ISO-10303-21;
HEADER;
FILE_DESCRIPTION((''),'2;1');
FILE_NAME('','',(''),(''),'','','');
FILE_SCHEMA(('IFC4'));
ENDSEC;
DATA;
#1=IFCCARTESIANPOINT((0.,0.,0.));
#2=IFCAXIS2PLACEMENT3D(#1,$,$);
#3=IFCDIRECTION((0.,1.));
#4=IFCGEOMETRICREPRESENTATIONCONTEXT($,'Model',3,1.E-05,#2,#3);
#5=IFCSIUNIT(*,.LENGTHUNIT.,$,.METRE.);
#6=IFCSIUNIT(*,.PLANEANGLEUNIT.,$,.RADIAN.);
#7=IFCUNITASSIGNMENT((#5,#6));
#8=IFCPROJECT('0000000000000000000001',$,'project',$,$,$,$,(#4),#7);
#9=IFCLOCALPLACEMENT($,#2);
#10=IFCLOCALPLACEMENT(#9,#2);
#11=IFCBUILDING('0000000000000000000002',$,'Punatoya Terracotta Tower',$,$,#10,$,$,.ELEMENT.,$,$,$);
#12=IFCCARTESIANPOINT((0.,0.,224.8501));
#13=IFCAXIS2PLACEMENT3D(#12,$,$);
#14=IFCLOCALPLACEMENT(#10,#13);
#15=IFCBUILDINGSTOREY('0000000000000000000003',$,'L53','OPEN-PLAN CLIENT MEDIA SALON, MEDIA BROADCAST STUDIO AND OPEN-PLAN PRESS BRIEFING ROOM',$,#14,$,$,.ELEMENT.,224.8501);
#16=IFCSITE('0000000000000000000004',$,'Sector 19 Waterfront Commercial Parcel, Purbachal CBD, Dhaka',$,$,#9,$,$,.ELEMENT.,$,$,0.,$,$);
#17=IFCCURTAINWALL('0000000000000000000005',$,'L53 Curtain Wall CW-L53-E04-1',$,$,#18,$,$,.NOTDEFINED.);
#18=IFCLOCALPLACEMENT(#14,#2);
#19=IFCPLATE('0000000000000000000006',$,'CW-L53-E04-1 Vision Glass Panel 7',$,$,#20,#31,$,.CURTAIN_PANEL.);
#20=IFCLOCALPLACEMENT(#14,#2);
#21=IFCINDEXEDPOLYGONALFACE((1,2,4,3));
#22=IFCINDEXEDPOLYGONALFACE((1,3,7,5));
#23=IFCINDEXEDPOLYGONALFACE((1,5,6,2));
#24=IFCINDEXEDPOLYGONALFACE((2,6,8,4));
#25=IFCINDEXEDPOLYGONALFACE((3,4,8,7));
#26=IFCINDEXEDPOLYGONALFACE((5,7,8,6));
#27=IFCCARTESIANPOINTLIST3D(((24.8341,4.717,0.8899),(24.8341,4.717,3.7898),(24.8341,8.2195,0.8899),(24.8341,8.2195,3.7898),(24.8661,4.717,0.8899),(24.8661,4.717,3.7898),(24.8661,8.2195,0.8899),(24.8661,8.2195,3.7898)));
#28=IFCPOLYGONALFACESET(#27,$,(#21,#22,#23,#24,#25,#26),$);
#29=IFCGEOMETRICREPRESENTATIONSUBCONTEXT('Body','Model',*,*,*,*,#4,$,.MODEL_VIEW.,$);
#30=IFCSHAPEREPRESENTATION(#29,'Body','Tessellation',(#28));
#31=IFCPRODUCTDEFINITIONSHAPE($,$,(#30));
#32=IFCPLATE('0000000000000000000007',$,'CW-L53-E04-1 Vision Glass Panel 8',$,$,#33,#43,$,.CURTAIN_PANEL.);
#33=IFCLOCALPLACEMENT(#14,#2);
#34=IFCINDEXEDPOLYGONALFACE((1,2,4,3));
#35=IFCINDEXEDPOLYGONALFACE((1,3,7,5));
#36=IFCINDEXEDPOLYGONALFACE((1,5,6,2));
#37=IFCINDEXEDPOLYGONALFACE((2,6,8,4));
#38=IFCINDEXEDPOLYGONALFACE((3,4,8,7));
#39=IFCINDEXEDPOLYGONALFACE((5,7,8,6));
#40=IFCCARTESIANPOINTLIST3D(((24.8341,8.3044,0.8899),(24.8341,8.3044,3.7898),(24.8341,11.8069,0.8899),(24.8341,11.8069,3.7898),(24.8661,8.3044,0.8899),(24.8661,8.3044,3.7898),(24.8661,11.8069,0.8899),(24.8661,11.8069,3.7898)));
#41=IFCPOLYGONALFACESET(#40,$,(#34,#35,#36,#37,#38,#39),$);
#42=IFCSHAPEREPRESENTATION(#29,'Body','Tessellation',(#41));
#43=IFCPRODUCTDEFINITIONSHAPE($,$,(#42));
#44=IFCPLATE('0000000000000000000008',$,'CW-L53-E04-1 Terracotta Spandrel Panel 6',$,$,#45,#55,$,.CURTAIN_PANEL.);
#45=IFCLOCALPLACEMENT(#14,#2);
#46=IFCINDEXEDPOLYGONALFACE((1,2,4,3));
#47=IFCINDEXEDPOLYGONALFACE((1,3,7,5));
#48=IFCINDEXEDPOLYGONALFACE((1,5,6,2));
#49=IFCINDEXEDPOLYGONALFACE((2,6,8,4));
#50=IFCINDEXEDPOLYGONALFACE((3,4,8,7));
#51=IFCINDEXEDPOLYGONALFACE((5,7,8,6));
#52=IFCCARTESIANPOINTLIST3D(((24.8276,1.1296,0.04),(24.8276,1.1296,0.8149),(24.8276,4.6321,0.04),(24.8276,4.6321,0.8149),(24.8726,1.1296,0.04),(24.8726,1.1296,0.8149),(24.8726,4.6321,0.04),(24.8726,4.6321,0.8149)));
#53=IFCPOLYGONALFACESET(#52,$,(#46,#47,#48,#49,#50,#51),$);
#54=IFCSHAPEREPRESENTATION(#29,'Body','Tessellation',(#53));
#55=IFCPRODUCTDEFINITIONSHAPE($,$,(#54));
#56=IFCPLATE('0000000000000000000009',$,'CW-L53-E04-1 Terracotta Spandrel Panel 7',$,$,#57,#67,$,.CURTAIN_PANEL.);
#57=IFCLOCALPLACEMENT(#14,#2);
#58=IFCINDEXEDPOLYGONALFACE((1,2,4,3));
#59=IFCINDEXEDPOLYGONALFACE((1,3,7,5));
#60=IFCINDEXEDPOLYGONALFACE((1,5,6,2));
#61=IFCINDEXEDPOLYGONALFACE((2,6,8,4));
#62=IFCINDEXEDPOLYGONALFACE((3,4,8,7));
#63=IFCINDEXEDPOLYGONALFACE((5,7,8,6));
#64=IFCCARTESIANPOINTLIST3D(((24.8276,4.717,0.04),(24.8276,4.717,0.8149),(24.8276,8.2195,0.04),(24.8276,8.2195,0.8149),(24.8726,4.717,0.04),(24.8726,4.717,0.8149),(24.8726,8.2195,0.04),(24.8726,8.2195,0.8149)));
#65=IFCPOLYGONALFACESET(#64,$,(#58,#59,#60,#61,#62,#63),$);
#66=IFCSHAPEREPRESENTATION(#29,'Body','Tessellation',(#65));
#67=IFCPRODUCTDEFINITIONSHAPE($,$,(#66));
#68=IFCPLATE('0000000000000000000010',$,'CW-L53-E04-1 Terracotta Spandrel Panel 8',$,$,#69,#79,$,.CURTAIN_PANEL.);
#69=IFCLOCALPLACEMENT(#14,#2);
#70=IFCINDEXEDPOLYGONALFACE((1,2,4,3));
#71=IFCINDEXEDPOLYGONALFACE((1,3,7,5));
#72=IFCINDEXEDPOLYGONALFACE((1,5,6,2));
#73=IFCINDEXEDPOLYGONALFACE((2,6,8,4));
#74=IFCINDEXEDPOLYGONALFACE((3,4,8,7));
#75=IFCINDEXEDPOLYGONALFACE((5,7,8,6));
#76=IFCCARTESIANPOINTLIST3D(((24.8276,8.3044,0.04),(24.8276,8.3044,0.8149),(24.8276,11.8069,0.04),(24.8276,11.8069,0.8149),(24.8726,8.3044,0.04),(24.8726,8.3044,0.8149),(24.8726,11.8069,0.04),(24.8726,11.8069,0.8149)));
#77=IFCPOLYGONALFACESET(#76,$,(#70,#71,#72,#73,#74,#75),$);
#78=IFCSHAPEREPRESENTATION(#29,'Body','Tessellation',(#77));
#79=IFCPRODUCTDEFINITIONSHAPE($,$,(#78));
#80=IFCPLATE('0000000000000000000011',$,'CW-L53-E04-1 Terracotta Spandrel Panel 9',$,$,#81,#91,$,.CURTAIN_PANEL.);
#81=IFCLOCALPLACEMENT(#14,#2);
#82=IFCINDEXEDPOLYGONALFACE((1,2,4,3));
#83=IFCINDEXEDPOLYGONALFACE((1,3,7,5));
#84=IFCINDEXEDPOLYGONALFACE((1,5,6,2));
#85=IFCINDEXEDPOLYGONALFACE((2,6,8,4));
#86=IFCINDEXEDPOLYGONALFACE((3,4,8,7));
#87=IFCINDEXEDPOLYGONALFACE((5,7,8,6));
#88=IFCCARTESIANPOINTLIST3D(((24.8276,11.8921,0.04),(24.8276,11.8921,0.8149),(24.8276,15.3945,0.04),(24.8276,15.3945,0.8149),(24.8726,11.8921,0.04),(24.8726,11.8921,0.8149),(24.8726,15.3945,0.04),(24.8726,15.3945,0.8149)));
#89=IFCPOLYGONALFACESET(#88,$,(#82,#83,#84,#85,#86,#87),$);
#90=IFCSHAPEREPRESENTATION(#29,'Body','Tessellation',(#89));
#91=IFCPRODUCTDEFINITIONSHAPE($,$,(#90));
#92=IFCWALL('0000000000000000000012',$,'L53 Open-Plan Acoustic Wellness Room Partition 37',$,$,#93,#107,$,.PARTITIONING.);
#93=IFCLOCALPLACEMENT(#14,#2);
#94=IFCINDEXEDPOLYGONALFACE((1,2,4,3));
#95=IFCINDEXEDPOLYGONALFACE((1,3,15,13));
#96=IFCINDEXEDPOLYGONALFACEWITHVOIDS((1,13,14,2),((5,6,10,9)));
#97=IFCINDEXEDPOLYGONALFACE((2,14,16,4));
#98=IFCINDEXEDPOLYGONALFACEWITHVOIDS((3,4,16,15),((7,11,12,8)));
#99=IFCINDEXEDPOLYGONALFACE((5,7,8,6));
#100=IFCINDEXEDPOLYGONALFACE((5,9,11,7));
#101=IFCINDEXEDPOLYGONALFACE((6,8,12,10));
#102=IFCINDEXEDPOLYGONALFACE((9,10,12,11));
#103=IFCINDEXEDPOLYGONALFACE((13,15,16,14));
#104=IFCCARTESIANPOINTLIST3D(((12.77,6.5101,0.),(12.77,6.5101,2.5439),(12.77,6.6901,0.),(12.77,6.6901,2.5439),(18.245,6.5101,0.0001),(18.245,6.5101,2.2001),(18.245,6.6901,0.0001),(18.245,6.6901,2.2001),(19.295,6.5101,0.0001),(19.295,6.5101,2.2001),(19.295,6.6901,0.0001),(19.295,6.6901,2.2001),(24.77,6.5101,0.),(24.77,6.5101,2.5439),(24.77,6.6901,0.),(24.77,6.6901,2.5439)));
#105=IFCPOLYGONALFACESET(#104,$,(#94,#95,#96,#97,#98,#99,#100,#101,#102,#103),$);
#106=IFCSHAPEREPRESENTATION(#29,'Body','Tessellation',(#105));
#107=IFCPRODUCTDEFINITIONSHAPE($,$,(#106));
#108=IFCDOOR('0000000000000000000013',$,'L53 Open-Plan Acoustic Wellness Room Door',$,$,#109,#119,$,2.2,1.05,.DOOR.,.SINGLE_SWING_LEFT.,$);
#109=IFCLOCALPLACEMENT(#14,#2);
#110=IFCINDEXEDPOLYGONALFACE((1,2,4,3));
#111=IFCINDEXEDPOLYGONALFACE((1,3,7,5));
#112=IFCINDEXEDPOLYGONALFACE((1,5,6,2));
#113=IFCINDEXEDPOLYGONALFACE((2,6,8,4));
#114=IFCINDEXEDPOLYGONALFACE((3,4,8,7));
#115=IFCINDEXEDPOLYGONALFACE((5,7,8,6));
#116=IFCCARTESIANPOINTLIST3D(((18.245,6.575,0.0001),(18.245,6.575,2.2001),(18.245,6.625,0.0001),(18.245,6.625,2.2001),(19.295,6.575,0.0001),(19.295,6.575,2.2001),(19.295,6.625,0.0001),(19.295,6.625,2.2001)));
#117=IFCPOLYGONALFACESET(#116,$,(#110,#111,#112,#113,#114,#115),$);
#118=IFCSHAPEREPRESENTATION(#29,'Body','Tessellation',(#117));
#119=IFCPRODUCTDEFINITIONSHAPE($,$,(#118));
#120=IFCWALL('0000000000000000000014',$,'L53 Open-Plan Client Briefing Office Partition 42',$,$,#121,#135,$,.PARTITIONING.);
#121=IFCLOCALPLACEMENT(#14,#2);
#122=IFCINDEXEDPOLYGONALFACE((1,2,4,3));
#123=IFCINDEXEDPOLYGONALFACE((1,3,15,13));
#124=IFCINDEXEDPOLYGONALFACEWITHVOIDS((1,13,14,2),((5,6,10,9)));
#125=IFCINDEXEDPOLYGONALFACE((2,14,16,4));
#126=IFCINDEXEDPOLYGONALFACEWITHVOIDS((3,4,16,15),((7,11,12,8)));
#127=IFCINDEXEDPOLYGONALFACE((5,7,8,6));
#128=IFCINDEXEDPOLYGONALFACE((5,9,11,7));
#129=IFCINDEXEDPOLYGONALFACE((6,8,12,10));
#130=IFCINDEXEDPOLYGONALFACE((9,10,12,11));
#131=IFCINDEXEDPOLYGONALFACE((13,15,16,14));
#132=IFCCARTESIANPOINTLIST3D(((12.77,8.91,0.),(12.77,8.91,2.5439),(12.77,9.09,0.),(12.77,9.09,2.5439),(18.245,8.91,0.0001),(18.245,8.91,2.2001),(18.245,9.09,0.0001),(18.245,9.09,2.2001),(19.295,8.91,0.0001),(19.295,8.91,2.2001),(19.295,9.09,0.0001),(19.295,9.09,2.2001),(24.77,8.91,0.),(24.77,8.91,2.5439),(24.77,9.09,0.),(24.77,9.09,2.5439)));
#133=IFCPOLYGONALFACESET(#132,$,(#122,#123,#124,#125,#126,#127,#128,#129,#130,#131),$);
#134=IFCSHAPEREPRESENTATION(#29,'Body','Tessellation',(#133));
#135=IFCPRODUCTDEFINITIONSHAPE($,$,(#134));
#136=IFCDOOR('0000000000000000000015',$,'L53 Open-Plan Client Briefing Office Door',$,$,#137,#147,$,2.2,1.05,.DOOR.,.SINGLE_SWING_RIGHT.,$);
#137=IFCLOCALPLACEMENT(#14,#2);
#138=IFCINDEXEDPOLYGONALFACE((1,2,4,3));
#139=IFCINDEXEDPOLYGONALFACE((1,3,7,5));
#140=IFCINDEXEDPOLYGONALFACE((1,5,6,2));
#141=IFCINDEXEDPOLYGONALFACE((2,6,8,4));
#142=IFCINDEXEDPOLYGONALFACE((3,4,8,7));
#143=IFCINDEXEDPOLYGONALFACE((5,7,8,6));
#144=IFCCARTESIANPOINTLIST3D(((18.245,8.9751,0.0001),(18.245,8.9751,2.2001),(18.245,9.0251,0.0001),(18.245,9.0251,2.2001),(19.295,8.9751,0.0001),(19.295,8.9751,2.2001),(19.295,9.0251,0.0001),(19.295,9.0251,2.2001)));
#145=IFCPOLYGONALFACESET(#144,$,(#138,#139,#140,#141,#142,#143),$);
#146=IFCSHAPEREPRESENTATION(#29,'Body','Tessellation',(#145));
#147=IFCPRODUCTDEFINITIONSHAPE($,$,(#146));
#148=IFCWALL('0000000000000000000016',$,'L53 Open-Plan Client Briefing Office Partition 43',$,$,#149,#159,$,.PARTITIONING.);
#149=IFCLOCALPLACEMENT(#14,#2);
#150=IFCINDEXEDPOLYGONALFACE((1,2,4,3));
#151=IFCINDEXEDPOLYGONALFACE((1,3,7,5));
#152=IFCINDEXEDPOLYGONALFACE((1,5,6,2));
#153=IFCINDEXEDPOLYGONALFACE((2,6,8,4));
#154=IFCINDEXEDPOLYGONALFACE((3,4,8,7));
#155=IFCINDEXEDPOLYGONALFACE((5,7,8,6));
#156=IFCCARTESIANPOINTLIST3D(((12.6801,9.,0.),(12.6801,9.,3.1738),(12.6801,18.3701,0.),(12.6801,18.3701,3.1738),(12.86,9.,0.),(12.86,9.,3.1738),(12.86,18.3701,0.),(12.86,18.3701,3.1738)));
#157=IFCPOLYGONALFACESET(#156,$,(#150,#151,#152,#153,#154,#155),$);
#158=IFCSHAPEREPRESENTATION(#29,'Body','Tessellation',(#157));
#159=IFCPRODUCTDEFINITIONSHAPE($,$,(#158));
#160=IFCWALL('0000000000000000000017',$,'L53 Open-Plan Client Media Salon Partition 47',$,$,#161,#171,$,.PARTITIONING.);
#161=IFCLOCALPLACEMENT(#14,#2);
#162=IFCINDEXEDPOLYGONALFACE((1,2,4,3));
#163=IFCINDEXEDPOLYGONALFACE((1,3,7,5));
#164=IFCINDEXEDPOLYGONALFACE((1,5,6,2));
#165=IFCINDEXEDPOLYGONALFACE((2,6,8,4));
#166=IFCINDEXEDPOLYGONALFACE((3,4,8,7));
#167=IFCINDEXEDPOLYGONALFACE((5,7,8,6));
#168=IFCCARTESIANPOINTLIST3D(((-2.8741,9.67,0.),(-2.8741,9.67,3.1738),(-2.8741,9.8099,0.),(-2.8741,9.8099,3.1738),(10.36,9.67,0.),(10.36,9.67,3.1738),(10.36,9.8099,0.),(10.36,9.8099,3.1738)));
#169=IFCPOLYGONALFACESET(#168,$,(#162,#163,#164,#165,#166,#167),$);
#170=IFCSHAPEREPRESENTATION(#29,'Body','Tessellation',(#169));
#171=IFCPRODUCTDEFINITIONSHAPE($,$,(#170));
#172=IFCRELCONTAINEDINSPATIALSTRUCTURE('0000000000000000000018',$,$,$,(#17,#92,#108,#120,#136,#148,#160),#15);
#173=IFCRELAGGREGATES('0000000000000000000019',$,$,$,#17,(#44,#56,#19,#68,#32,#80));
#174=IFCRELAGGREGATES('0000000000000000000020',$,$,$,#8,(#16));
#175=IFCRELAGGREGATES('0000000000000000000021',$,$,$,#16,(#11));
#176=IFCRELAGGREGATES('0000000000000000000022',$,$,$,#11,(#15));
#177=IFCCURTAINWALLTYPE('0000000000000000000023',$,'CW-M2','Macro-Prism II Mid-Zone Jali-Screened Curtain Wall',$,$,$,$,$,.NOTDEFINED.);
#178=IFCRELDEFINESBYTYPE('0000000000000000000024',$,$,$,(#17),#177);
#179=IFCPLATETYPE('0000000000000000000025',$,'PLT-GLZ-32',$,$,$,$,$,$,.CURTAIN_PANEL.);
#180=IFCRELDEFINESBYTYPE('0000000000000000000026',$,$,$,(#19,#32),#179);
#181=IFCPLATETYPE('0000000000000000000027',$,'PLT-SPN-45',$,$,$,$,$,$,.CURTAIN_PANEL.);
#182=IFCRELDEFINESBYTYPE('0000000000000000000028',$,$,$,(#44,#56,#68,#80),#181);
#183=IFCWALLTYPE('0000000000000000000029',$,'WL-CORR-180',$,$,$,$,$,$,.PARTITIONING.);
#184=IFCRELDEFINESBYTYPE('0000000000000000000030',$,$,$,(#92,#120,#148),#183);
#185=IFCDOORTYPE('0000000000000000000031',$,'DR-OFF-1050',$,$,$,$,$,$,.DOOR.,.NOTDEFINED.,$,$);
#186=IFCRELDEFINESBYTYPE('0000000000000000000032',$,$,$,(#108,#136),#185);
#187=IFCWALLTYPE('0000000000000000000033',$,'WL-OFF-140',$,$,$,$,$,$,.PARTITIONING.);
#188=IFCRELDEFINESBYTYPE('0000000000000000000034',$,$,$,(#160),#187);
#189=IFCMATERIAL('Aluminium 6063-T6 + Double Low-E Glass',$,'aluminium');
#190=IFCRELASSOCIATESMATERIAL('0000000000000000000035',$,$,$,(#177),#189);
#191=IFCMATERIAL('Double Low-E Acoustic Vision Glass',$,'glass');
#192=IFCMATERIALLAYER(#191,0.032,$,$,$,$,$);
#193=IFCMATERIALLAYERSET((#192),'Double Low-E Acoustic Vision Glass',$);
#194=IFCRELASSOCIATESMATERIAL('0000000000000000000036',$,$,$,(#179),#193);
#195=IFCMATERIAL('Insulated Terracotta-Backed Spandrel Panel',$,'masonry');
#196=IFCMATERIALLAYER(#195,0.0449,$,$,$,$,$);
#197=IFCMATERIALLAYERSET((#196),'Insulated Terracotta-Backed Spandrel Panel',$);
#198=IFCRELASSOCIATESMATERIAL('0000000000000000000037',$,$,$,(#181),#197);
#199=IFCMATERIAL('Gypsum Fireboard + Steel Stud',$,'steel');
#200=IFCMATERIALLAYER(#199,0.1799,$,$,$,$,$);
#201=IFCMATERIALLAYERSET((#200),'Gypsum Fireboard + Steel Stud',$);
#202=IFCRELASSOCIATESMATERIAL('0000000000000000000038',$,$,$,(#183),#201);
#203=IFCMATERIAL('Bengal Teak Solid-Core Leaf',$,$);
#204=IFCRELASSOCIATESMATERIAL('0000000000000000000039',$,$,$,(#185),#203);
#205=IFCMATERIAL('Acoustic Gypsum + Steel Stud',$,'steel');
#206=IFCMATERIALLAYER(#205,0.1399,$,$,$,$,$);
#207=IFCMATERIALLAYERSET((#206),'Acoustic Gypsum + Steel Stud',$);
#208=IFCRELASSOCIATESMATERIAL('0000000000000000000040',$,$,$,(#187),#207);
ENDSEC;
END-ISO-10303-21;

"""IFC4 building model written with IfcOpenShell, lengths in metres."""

from ifc_helpers import new_model, si_unit, direction, frame, frame_2d, origin, origin_2d, place, context, subcontext, project, spatial, rectangle, extrude, material, layer, layer_set, type_object, element, fill, aggregate, save


model = new_model("IFC4")

# Units and contexts
model_context = context("Model", 3, precision=1e-05, world=origin(), true_north=direction((0.0, 1.0)))
body_context = subcontext(model_context, "Body", "Model", "MODEL_VIEW")
ifc_project = project(units=[si_unit("LENGTHUNIT", "METRE"), si_unit("PLANEANGLEUNIT", "RADIAN")], contexts=[model_context])

# Site, building, storey
site_placement = place(None, origin())
site = spatial("IfcSite", under=ifc_project, at=site_placement, Name="Sector 19 Waterfront Commercial Parcel, Purbachal CBD, Dhaka", CompositionType="ELEMENT", RefElevation=0.0)
building_placement = place(site_placement, origin())
building = spatial("IfcBuilding", under=site, at=building_placement, Name="Punatoya Terracotta Tower", CompositionType="ELEMENT")
storey_placement = place(building_placement, frame((0.0, 0.0, 224.8501)))
storey = spatial("IfcBuildingStorey", under=building, at=storey_placement, Name="L53", Description="OPEN-PLAN CLIENT MEDIA SALON, MEDIA BROADCAST STUDIO AND OPEN-PLAN PRESS BRIEFING ROOM", CompositionType="ELEMENT", Elevation=224.8501)

# Curtain wall, plates
ifc_material_1 = material(Name="Aluminium 6063-T6 + Double Low-E Glass", Category="aluminium")
curtain_wall_type = type_object("IfcCurtainWallType", Name="CW-M2", Description="Macro-Prism II Mid-Zone Jali-Screened Curtain Wall", PredefinedType="NOTDEFINED", material=ifc_material_1)
curtain_wall_placement = place(storey_placement, origin())
curtain_wall = element("IfcCurtainWall", 1, at=curtain_wall_placement, inside=storey, type_object=curtain_wall_type, Name="L53 Curtain Wall CW-L53-E04-1", PredefinedType="NOTDEFINED")
ifc_material_2 = material(Name="Double Low-E Acoustic Vision Glass", Category="glass")
ifc_layer_1 = layer(ifc_material_2, 0.032)
ifc_layer_set_1 = layer_set([ifc_layer_1], Name="Double Low-E Acoustic Vision Glass")
plate_type_1 = type_object("IfcPlateType", Name="PLT-GLZ-32", PredefinedType="CURTAIN_PANEL", material=ifc_layer_set_1)
plate_1_placement = place(storey_placement, frame((24.8501, 6.4683, 0.8899), z_axis=(0.0, 0.0, 1.0), x_axis=(0.0, 1.0, 0.0)))
plate_1 = element("IfcPlate", 2, at=plate_1_placement, type_object=plate_type_1, Name="CW-L53-E04-1 Vision Glass Panel 7", PredefinedType="CURTAIN_PANEL", context=body_context, shape_type="SweptSolid", body=[
    extrude(rectangle(XDim=3.5024, YDim=0.032, at=origin_2d()), origin(), (0.0, 0.0, 1.0), 2.8999),
])
plate_2_placement = place(storey_placement, frame((24.8501, 10.0557, 0.8899), z_axis=(0.0, 0.0, 1.0), x_axis=(0.0, 1.0, 0.0)))
plate_2 = element("IfcPlate", 3, at=plate_2_placement, type_object=plate_type_1, Name="CW-L53-E04-1 Vision Glass Panel 8", PredefinedType="CURTAIN_PANEL", context=body_context, shape_type="SweptSolid", body=[
    extrude(rectangle(XDim=3.5024, YDim=0.032, at=origin_2d()), origin(), (0.0, 0.0, 1.0), 2.8999),
])
ifc_material_3 = material(Name="Insulated Terracotta-Backed Spandrel Panel", Category="masonry")
ifc_layer_2 = layer(ifc_material_3, 0.0449)
ifc_layer_set_2 = layer_set([ifc_layer_2], Name="Insulated Terracotta-Backed Spandrel Panel")
plate_type_2 = type_object("IfcPlateType", Name="PLT-SPN-45", PredefinedType="CURTAIN_PANEL", material=ifc_layer_set_2)
plate_3_placement = place(storey_placement, frame((24.8501, 2.8809, 0.04), z_axis=(0.0, 0.0, 1.0), x_axis=(0.0, 1.0, 0.0)))
plate_3 = element("IfcPlate", 4, at=plate_3_placement, type_object=plate_type_2, Name="CW-L53-E04-1 Terracotta Spandrel Panel 6", PredefinedType="CURTAIN_PANEL", context=body_context, shape_type="SweptSolid", body=[
    extrude(rectangle(XDim=3.5024, YDim=0.0449, at=origin_2d()), origin(), (0.0, 0.0, 1.0), 0.7749),
])
plate_4_placement = place(storey_placement, frame((24.8501, 6.4683, 0.04), z_axis=(0.0, 0.0, 1.0), x_axis=(0.0, 1.0, 0.0)))
plate_4 = element("IfcPlate", 5, at=plate_4_placement, type_object=plate_type_2, Name="CW-L53-E04-1 Terracotta Spandrel Panel 7", PredefinedType="CURTAIN_PANEL", context=body_context, shape_type="SweptSolid", body=[
    extrude(rectangle(XDim=3.5024, YDim=0.0449, at=origin_2d()), origin(), (0.0, 0.0, 1.0), 0.7749),
])
plate_5_placement = place(storey_placement, frame((24.8501, 10.0557, 0.04), z_axis=(0.0, 0.0, 1.0), x_axis=(0.0, 1.0, 0.0)))
plate_5 = element("IfcPlate", 6, at=plate_5_placement, type_object=plate_type_2, Name="CW-L53-E04-1 Terracotta Spandrel Panel 8", PredefinedType="CURTAIN_PANEL", context=body_context, shape_type="SweptSolid", body=[
    extrude(rectangle(XDim=3.5024, YDim=0.0449, at=origin_2d()), origin(), (0.0, 0.0, 1.0), 0.7749),
])
plate_6_placement = place(storey_placement, frame((24.8501, 13.6433, 0.04), z_axis=(0.0, 0.0, 1.0), x_axis=(0.0, 1.0, 0.0)))
plate_6 = element("IfcPlate", 7, at=plate_6_placement, type_object=plate_type_2, Name="CW-L53-E04-1 Terracotta Spandrel Panel 9", PredefinedType="CURTAIN_PANEL", context=body_context, shape_type="SweptSolid", body=[
    extrude(rectangle(XDim=3.5024, YDim=0.0449, at=origin_2d()), origin(), (0.0, 0.0, 1.0), 0.7749),
])
aggregate(curtain_wall, [plate_3, plate_4, plate_1, plate_5, plate_2, plate_6])

# Walls, openings, doors
ifc_material_4 = material(Name="Gypsum Fireboard + Steel Stud", Category="steel")
ifc_layer_3 = layer(ifc_material_4, 0.1799)
ifc_layer_set_3 = layer_set([ifc_layer_3], Name="Gypsum Fireboard + Steel Stud")
wall_type_1 = type_object("IfcWallType", Name="WL-CORR-180", PredefinedType="PARTITIONING", material=ifc_layer_set_3)
wall_1_placement = place(storey_placement, frame((12.77, 6.6001, 0.0), z_axis=(0.0, 0.0, 1.0), x_axis=(1.0, 0.0, 0.0)))
wall_1 = element("IfcWall", 8, at=wall_1_placement, inside=storey, type_object=wall_type_1, Name="L53 Open-Plan Acoustic Wellness Room Partition 37", PredefinedType="PARTITIONING", context=body_context, shape_type="SweptSolid", body=[
    extrude(rectangle(XDim=12.0, YDim=0.1799, at=frame_2d((6.0, 0.0))), origin(), (0.0, 0.0, 1.0), 2.5439),
])
opening_1_placement = place(wall_1_placement, frame((5.4751, 0.0, 0.0)))
opening_1 = element("IfcOpeningElement", 9, at=opening_1_placement, cuts=wall_1, PredefinedType="OPENING", context=body_context, shape_type="SweptSolid", body=[
    extrude(rectangle(XDim=1.05, YDim=2.2, at=frame_2d((0.5249, 1.1001))), frame((0.0, 0.0999, 0.0), z_axis=(0.0, -1.0, 0.0), x_axis=(1.0, 0.0, 0.0)), (0.0, 0.0, 1.0), 0.2),
])
ifc_material_5 = material(Name="Bengal Teak Solid-Core Leaf")
door_type = type_object("IfcDoorType", Name="DR-OFF-1050", OperationType="NOTDEFINED", PredefinedType="DOOR", material=ifc_material_5)
door_1_placement = place(opening_1_placement, origin())
door_1 = element("IfcDoor", 10, at=door_1_placement, inside=storey, type_object=door_type, Name="L53 Open-Plan Acoustic Wellness Room Door", OperationType="SINGLE_SWING_LEFT", OverallHeight=2.2, OverallWidth=1.05, PredefinedType="DOOR", context=body_context, shape_type="SweptSolid", body=[
    extrude(rectangle(XDim=1.05, YDim=2.2, at=frame_2d((0.5249, 1.1001))), frame((0.0, 0.0249, 0.0), z_axis=(0.0, -1.0, 0.0), x_axis=(1.0, 0.0, 0.0)), (0.0, 0.0, 1.0), 0.05),
])
fill(opening_1, door_1)
wall_2_placement = place(storey_placement, frame((24.77, 9.0, 0.0), z_axis=(0.0, 0.0, 1.0), x_axis=(-1.0, 0.0, 0.0)))
wall_2 = element("IfcWall", 11, at=wall_2_placement, inside=storey, type_object=wall_type_1, Name="L53 Open-Plan Client Briefing Office Partition 42", PredefinedType="PARTITIONING", context=body_context, shape_type="SweptSolid", body=[
    extrude(rectangle(XDim=12.0, YDim=0.1799, at=frame_2d((6.0, 0.0))), origin(), (0.0, 0.0, 1.0), 2.5439),
])
opening_2_placement = place(wall_2_placement, frame((5.4751, 0.0, 0.0)))
opening_2 = element("IfcOpeningElement", 12, at=opening_2_placement, cuts=wall_2, PredefinedType="OPENING", context=body_context, shape_type="SweptSolid", body=[
    extrude(rectangle(XDim=1.05, YDim=2.2, at=frame_2d((0.5249, 1.1001))), frame((0.0, 0.0999, 0.0), z_axis=(0.0, -1.0, 0.0), x_axis=(1.0, 0.0, 0.0)), (0.0, 0.0, 1.0), 0.2),
])
door_2_placement = place(opening_2_placement, origin())
door_2 = element("IfcDoor", 13, at=door_2_placement, inside=storey, type_object=door_type, Name="L53 Open-Plan Client Briefing Office Door", OperationType="SINGLE_SWING_RIGHT", OverallHeight=2.2, OverallWidth=1.05, PredefinedType="DOOR", context=body_context, shape_type="SweptSolid", body=[
    extrude(rectangle(XDim=1.05, YDim=2.2, at=frame_2d((0.5249, 1.1001))), frame((0.0, 0.0249, 0.0), z_axis=(0.0, -1.0, 0.0), x_axis=(1.0, 0.0, 0.0)), (0.0, 0.0, 1.0), 0.05),
])
fill(opening_2, door_2)

# Walls
wall_3_placement = place(storey_placement, frame((12.77, 9.0, 0.0), z_axis=(0.0, 0.0, 1.0), x_axis=(0.0, 1.0, 0.0)))
element("IfcWall", 14, at=wall_3_placement, inside=storey, type_object=wall_type_1, Name="L53 Open-Plan Client Briefing Office Partition 43", PredefinedType="PARTITIONING", context=body_context, shape_type="SweptSolid", body=[
    extrude(rectangle(XDim=9.3701, YDim=0.1799, at=frame_2d((4.6851, 0.0))), origin(), (0.0, 0.0, 1.0), 3.1738),
])
ifc_material_6 = material(Name="Acoustic Gypsum + Steel Stud", Category="steel")
ifc_layer_4 = layer(ifc_material_6, 0.1399)
ifc_layer_set_4 = layer_set([ifc_layer_4], Name="Acoustic Gypsum + Steel Stud")
wall_type_2 = type_object("IfcWallType", Name="WL-OFF-140", PredefinedType="PARTITIONING", material=ifc_layer_set_4)
wall_4_placement = place(storey_placement, frame((10.3601, 9.74, 0.0), z_axis=(0.0, 0.0, 1.0), x_axis=(-1.0, 0.0, 0.0)))
element("IfcWall", 15, at=wall_4_placement, inside=storey, type_object=wall_type_2, Name="L53 Open-Plan Client Media Salon Partition 47", PredefinedType="PARTITIONING", context=body_context, shape_type="SweptSolid", body=[
    extrude(rectangle(XDim=13.2341, YDim=0.1399, at=frame_2d((6.6172, 0.0))), origin(), (0.0, 0.0, 1.0), 3.1738),
])

save(model, "model.ifc")
